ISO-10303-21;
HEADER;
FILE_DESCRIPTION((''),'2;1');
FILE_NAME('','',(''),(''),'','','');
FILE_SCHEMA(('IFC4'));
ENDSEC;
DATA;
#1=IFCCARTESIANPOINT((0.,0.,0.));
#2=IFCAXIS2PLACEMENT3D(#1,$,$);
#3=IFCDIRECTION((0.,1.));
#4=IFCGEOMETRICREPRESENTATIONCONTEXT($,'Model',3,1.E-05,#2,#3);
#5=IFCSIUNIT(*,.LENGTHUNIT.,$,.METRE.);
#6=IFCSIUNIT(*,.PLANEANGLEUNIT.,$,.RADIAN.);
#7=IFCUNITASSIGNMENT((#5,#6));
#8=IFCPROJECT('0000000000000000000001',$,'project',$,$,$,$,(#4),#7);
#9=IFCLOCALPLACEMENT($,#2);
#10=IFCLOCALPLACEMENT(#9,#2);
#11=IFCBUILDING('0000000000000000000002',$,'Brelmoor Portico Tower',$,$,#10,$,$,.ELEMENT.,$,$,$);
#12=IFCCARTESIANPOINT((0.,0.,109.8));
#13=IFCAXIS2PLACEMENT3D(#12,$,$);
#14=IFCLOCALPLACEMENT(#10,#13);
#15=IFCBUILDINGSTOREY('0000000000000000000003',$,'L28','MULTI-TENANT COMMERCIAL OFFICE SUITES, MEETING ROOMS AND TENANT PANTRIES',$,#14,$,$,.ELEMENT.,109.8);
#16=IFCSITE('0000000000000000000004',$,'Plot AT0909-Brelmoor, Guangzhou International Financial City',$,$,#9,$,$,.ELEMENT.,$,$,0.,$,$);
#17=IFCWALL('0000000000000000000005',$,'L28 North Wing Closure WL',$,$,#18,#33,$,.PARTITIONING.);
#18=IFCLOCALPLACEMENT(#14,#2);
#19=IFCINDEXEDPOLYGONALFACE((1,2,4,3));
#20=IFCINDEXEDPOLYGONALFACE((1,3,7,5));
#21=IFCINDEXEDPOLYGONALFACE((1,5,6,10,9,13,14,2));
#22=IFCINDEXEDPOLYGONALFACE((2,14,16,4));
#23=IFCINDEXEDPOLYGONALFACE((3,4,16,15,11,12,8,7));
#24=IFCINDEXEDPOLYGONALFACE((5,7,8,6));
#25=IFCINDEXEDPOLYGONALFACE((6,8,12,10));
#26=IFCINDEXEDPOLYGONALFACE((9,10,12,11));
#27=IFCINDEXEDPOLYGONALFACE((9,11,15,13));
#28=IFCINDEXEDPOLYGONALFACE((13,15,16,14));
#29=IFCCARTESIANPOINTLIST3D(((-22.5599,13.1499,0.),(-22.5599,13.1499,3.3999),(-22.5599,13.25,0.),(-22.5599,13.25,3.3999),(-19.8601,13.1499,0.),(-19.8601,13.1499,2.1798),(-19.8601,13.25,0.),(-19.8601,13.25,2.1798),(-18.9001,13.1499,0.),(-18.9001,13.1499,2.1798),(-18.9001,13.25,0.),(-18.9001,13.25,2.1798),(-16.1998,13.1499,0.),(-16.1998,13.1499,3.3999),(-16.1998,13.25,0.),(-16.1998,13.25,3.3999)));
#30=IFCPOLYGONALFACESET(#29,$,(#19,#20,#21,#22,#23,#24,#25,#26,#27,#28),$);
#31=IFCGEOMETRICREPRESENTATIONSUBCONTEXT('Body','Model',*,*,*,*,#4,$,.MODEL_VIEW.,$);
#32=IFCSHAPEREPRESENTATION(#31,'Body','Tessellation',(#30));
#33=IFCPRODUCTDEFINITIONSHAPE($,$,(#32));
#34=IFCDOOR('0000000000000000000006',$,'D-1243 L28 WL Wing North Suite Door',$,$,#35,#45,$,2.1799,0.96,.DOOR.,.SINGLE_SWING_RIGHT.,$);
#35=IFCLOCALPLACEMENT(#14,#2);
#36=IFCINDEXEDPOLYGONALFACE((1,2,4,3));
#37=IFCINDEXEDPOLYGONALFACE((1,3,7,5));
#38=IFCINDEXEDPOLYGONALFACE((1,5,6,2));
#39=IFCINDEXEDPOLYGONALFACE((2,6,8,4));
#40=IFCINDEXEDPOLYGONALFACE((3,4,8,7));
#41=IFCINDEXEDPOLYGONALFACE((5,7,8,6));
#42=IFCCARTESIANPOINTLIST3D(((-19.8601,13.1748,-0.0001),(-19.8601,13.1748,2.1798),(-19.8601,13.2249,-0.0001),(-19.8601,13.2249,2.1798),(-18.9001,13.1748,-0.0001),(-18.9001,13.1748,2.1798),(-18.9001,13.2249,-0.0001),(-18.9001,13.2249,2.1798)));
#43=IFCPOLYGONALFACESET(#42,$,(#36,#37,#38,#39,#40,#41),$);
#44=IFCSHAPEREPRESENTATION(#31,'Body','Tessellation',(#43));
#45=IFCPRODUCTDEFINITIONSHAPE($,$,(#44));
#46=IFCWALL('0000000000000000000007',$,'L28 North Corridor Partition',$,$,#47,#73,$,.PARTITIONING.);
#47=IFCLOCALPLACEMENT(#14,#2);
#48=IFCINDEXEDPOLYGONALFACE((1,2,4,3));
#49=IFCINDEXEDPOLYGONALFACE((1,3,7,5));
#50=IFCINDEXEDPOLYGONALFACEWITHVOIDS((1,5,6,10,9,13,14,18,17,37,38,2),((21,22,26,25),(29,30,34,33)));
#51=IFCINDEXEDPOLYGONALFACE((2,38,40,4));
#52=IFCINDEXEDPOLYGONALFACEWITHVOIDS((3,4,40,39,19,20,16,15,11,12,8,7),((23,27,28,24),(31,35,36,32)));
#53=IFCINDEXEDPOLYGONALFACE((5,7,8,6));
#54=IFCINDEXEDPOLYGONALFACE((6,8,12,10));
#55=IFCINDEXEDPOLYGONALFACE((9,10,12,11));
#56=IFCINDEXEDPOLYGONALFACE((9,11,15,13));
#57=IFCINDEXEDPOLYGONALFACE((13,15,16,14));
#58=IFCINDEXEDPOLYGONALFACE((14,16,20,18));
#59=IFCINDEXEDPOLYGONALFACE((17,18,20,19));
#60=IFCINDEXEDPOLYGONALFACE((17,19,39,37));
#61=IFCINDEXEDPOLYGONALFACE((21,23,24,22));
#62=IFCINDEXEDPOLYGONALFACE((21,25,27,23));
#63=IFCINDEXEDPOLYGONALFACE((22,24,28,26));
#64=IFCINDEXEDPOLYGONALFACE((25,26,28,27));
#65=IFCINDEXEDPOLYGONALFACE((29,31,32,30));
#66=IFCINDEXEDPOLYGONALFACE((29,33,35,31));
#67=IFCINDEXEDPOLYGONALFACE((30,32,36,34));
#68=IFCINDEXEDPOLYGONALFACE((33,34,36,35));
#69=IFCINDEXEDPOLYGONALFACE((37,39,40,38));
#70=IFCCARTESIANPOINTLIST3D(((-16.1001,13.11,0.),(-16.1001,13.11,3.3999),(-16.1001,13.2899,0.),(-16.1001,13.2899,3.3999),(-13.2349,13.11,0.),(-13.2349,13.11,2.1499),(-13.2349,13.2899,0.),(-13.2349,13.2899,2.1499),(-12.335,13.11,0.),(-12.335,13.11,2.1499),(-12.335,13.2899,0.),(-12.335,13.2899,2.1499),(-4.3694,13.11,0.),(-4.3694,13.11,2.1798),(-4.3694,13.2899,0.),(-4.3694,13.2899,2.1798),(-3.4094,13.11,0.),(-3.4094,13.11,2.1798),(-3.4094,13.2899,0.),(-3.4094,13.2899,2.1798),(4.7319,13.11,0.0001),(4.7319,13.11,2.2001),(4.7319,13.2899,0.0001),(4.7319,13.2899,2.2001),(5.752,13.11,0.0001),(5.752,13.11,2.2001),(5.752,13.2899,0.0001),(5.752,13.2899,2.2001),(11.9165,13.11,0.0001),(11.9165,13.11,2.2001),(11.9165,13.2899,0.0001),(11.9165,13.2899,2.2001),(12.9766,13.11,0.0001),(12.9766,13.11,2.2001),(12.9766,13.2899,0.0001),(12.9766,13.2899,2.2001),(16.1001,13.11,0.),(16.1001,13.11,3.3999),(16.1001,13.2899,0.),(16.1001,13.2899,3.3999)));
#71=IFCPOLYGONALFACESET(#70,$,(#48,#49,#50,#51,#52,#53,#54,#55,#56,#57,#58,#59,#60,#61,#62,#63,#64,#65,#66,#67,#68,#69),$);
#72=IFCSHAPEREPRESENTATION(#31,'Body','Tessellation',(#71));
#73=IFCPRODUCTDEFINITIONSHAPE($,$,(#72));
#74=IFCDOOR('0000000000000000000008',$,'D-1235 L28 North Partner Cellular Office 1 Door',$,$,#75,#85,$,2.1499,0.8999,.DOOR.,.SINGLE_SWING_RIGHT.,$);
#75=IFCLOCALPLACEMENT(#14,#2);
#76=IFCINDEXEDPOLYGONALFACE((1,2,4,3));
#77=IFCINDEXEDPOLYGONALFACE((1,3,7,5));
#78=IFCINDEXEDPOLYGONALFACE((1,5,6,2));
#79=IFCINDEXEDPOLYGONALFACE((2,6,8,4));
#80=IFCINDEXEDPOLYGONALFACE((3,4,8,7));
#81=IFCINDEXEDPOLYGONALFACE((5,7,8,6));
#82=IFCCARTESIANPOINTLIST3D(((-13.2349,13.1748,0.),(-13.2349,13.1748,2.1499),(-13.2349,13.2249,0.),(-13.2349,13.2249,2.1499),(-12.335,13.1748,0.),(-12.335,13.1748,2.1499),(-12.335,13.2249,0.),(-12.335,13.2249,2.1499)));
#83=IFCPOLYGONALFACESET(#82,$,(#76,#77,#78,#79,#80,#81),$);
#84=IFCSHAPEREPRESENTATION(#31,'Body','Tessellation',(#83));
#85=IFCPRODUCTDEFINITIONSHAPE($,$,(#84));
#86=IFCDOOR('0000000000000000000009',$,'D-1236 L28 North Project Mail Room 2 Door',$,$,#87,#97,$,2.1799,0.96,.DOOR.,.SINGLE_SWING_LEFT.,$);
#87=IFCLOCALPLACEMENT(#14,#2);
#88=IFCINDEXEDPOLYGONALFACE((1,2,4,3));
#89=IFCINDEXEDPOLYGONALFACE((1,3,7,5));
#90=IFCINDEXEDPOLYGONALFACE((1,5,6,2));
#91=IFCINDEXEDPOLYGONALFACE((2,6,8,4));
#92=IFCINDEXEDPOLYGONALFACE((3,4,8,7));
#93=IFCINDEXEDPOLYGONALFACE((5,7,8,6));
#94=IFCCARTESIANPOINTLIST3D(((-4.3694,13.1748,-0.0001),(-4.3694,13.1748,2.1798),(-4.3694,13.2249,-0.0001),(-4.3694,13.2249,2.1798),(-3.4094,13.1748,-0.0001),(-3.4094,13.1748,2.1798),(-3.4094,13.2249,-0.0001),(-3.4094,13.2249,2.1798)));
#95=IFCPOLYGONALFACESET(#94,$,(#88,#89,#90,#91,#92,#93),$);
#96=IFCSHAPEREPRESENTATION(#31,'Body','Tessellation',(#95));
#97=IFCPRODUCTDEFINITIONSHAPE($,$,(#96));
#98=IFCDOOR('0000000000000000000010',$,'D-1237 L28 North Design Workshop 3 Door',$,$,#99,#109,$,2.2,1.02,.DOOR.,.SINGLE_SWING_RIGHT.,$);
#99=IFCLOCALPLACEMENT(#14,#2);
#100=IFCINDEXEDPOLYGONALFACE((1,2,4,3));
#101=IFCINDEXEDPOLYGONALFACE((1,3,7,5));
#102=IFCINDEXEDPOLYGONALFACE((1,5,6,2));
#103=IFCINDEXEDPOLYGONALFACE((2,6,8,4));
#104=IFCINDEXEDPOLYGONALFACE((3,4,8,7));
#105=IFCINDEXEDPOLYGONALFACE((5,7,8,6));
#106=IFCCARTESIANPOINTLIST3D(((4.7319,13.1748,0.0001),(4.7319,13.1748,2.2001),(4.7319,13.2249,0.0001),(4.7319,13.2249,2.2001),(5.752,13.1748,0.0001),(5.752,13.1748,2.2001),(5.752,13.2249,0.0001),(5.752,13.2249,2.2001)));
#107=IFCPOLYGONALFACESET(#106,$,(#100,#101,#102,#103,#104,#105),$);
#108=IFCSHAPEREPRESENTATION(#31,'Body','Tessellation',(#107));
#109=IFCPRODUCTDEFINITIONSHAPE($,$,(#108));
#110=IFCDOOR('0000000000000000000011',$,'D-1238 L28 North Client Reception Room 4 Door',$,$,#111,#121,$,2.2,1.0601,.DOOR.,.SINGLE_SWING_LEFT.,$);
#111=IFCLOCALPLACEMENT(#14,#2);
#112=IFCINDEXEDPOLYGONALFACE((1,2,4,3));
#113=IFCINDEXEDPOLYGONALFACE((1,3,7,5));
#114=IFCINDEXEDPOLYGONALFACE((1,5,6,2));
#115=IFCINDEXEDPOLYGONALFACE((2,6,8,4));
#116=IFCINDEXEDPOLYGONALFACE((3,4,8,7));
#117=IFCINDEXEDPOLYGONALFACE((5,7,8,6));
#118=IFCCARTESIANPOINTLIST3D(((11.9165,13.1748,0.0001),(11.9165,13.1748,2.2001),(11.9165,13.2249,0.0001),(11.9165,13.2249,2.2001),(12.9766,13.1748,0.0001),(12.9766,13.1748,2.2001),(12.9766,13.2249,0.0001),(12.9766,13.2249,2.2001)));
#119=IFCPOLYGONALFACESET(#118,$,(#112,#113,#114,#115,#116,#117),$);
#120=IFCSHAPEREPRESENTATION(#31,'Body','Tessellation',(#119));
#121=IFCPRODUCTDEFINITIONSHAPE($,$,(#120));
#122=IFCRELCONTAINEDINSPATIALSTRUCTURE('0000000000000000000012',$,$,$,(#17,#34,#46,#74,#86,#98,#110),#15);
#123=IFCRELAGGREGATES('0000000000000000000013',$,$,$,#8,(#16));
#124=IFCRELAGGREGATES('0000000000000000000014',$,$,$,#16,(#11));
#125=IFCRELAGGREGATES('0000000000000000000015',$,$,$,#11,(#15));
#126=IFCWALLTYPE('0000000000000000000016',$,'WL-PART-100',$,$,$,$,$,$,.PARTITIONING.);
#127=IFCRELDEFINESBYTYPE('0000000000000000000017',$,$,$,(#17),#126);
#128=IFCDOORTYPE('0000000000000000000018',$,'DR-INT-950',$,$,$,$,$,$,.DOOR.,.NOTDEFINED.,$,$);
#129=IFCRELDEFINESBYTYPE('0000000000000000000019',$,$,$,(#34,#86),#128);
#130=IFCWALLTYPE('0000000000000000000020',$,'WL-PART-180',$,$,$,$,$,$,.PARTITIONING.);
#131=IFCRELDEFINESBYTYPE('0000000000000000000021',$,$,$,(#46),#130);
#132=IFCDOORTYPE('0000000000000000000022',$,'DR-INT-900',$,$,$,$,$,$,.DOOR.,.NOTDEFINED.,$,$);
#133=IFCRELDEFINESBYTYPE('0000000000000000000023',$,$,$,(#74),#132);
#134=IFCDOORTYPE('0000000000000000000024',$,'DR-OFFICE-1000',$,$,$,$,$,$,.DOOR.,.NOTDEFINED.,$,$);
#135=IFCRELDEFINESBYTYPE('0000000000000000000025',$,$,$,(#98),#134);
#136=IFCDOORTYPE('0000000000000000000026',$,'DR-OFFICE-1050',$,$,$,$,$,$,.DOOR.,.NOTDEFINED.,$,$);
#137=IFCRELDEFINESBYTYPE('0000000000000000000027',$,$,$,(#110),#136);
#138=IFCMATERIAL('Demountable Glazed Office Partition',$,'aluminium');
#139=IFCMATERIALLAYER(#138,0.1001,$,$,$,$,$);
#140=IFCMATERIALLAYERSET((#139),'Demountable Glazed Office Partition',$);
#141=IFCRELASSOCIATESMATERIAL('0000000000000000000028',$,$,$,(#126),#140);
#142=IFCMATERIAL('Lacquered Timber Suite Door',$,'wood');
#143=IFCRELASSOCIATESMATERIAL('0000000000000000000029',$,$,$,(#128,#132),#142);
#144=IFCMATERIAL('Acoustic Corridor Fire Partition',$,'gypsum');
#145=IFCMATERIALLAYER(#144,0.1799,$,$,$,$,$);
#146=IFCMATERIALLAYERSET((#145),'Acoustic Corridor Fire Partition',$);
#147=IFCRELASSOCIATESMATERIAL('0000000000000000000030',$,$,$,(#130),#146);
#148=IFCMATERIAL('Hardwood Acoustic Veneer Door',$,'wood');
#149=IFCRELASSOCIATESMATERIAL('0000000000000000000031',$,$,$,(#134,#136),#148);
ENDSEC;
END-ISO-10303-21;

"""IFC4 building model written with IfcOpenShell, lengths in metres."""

from ifc_helpers import new_model, si_unit, direction, frame, frame_2d, origin, place, context, subcontext, project, spatial, rectangle, extrude, material, layer, layer_set, type_object, element, fill, save


model = new_model("IFC4")

# Units and contexts
model_context = context("Model", 3, precision=1e-05, world=origin(), true_north=direction((0.0, 1.0)))
body_context = subcontext(model_context, "Body", "Model", "MODEL_VIEW")
ifc_project = project(units=[si_unit("LENGTHUNIT", "METRE"), si_unit("PLANEANGLEUNIT", "RADIAN")], contexts=[model_context])

# Site, building, storey
site_placement = place(None, origin())
site = spatial("IfcSite", under=ifc_project, at=site_placement, Name="Plot AT0909-Brelmoor, Guangzhou International Financial City", CompositionType="ELEMENT", RefElevation=0.0)
building_placement = place(site_placement, origin())
building = spatial("IfcBuilding", under=site, at=building_placement, Name="Brelmoor Portico Tower", CompositionType="ELEMENT")
storey_placement = place(building_placement, frame((0.0, 0.0, 109.8)))
storey = spatial("IfcBuildingStorey", under=building, at=storey_placement, Name="L28", Description="MULTI-TENANT COMMERCIAL OFFICE SUITES, MEETING ROOMS AND TENANT PANTRIES", CompositionType="ELEMENT", Elevation=109.8)

# Wall, opening, door
ifc_material_1 = material(Name="Demountable Glazed Office Partition", Category="aluminium")
ifc_layer_1 = layer(ifc_material_1, 0.1001)
ifc_layer_set_1 = layer_set([ifc_layer_1], Name="Demountable Glazed Office Partition")
wall_type_1 = type_object("IfcWallType", Name="WL-PART-100", PredefinedType="PARTITIONING", material=ifc_layer_set_1)
wall_1_placement = place(storey_placement, frame((-22.5601, 13.2, 0.0), z_axis=(0.0, 0.0, 1.0), x_axis=(1.0, 0.0, 0.0)))
wall_1 = element("IfcWall", 1, at=wall_1_placement, inside=storey, type_object=wall_type_1, Name="L28 North Wing Closure WL", PredefinedType="PARTITIONING", context=body_context, shape_type="SweptSolid", body=[
    extrude(rectangle(XDim=6.3601, YDim=0.1001, at=frame_2d((3.1802, 0.0))), origin(), (0.0, 0.0, 1.0), 3.3999),
])
opening_1_placement = place(wall_1_placement, frame((2.7, 0.0, 0.0)))
opening_1 = element("IfcOpeningElement", 2, at=opening_1_placement, cuts=wall_1, PredefinedType="OPENING", context=body_context, shape_type="SweptSolid", body=[
    extrude(rectangle(XDim=0.96, YDim=2.1799, at=frame_2d((0.48, 1.0898))), frame((0.0, 0.0601, 0.0), z_axis=(0.0, -1.0, 0.0), x_axis=(1.0, 0.0, 0.0)), (0.0, 0.0, 1.0), 0.1201),
])
ifc_material_2 = material(Name="Lacquered Timber Suite Door", Category="wood")
door_type_1 = type_object("IfcDoorType", Name="DR-INT-950", OperationType="NOTDEFINED", PredefinedType="DOOR", material=ifc_material_2)
door_1_placement = place(opening_1_placement, origin())
door_1 = element("IfcDoor", 3, at=door_1_placement, inside=storey, type_object=door_type_1, Name="D-1243 L28 WL Wing North Suite Door", OperationType="SINGLE_SWING_RIGHT", OverallHeight=2.1799, OverallWidth=0.96, PredefinedType="DOOR", context=body_context, shape_type="SweptSolid", body=[
    extrude(rectangle(XDim=0.96, YDim=2.1799, at=frame_2d((0.48, 1.0898))), frame((0.0, 0.0249, 0.0), z_axis=(0.0, -1.0, 0.0), x_axis=(1.0, 0.0, 0.0)), (0.0, 0.0, 1.0), 0.05),
])
fill(opening_1, door_1)

# Wall, openings, doors
ifc_material_3 = material(Name="Acoustic Corridor Fire Partition", Category="gypsum")
ifc_layer_2 = layer(ifc_material_3, 0.1799)
ifc_layer_set_2 = layer_set([ifc_layer_2], Name="Acoustic Corridor Fire Partition")
wall_type_2 = type_object("IfcWallType", Name="WL-PART-180", PredefinedType="PARTITIONING", material=ifc_layer_set_2)
wall_2_placement = place(storey_placement, frame((-16.1001, 13.2, 0.0), z_axis=(0.0, 0.0, 1.0), x_axis=(1.0, 0.0, 0.0)))
wall_2 = element("IfcWall", 4, at=wall_2_placement, inside=storey, type_object=wall_type_2, Name="L28 North Corridor Partition", PredefinedType="PARTITIONING", context=body_context, shape_type="SweptSolid", body=[
    extrude(rectangle(XDim=32.2002, YDim=0.1799, at=frame_2d((16.1001, 0.0))), origin(), (0.0, 0.0, 1.0), 3.3999),
])
opening_2_placement = place(wall_2_placement, frame((2.8652, 0.0, 0.0)))
opening_2 = element("IfcOpeningElement", 5, at=opening_2_placement, cuts=wall_2, PredefinedType="OPENING", context=body_context, shape_type="SweptSolid", body=[
    extrude(rectangle(XDim=0.8999, YDim=2.1499, at=frame_2d((0.45, 1.075))), frame((0.0, 0.0999, 0.0), z_axis=(0.0, -1.0, 0.0), x_axis=(1.0, 0.0, 0.0)), (0.0, 0.0, 1.0), 0.2),
])
opening_3_placement = place(wall_2_placement, frame((11.7307, 0.0, 0.0)))
opening_3 = element("IfcOpeningElement", 6, at=opening_3_placement, cuts=wall_2, PredefinedType="OPENING", context=body_context, shape_type="SweptSolid", body=[
    extrude(rectangle(XDim=0.96, YDim=2.1799, at=frame_2d((0.48, 1.0898))), frame((0.0, 0.0999, 0.0), z_axis=(0.0, -1.0, 0.0), x_axis=(1.0, 0.0, 0.0)), (0.0, 0.0, 1.0), 0.2),
])
opening_4_placement = place(wall_2_placement, frame((20.832, 0.0, 0.0)))
opening_4 = element("IfcOpeningElement", 7, at=opening_4_placement, cuts=wall_2, PredefinedType="OPENING", context=body_context, shape_type="SweptSolid", body=[
    extrude(rectangle(XDim=1.02, YDim=2.2, at=frame_2d((0.51, 1.1001))), frame((0.0, 0.0999, 0.0), z_axis=(0.0, -1.0, 0.0), x_axis=(1.0, 0.0, 0.0)), (0.0, 0.0, 1.0), 0.2),
])
opening_5_placement = place(wall_2_placement, frame((28.0166, 0.0, 0.0)))
opening_5 = element("IfcOpeningElement", 8, at=opening_5_placement, cuts=wall_2, PredefinedType="OPENING", context=body_context, shape_type="SweptSolid", body=[
    extrude(rectangle(XDim=1.0601, YDim=2.2, at=frame_2d((0.53, 1.1001))), frame((0.0, 0.0999, 0.0), z_axis=(0.0, -1.0, 0.0), x_axis=(1.0, 0.0, 0.0)), (0.0, 0.0, 1.0), 0.2),
])
door_type_2 = type_object("IfcDoorType", Name="DR-INT-900", OperationType="NOTDEFINED", PredefinedType="DOOR", material=ifc_material_2)
door_2_placement = place(opening_2_placement, origin())
door_2 = element("IfcDoor", 9, at=door_2_placement, inside=storey, type_object=door_type_2, Name="D-1235 L28 North Partner Cellular Office 1 Door", OperationType="SINGLE_SWING_RIGHT", OverallHeight=2.1499, OverallWidth=0.8999, PredefinedType="DOOR", context=body_context, shape_type="SweptSolid", body=[
    extrude(rectangle(XDim=0.8999, YDim=2.1499, at=frame_2d((0.45, 1.075))), frame((0.0, 0.0249, 0.0), z_axis=(0.0, -1.0, 0.0), x_axis=(1.0, 0.0, 0.0)), (0.0, 0.0, 1.0), 0.05),
])
fill(opening_2, door_2)
door_3_placement = place(opening_3_placement, origin())
door_3 = element("IfcDoor", 10, at=door_3_placement, inside=storey, type_object=door_type_1, Name="D-1236 L28 North Project Mail Room 2 Door", OperationType="SINGLE_SWING_LEFT", OverallHeight=2.1799, OverallWidth=0.96, PredefinedType="DOOR", context=body_context, shape_type="SweptSolid", body=[
    extrude(rectangle(XDim=0.96, YDim=2.1799, at=frame_2d((0.48, 1.0898))), frame((0.0, 0.0249, 0.0), z_axis=(0.0, -1.0, 0.0), x_axis=(1.0, 0.0, 0.0)), (0.0, 0.0, 1.0), 0.05),
])
fill(opening_3, door_3)
ifc_material_4 = material(Name="Hardwood Acoustic Veneer Door", Category="wood")
door_type_3 = type_object("IfcDoorType", Name="DR-OFFICE-1000", OperationType="NOTDEFINED", PredefinedType="DOOR", material=ifc_material_4)
door_4_placement = place(opening_4_placement, origin())
door_4 = element("IfcDoor", 11, at=door_4_placement, inside=storey, type_object=door_type_3, Name="D-1237 L28 North Design Workshop 3 Door", OperationType="SINGLE_SWING_RIGHT", OverallHeight=2.2, OverallWidth=1.02, PredefinedType="DOOR", context=body_context, shape_type="SweptSolid", body=[
    extrude(rectangle(XDim=1.02, YDim=2.2, at=frame_2d((0.51, 1.1001))), frame((0.0, 0.0249, 0.0), z_axis=(0.0, -1.0, 0.0), x_axis=(1.0, 0.0, 0.0)), (0.0, 0.0, 1.0), 0.05),
])
fill(opening_4, door_4)
door_type_4 = type_object("IfcDoorType", Name="DR-OFFICE-1050", OperationType="NOTDEFINED", PredefinedType="DOOR", material=ifc_material_4)
door_5_placement = place(opening_5_placement, origin())
door_5 = element("IfcDoor", 12, at=door_5_placement, inside=storey, type_object=door_type_4, Name="D-1238 L28 North Client Reception Room 4 Door", OperationType="SINGLE_SWING_LEFT", OverallHeight=2.2, OverallWidth=1.0601, PredefinedType="DOOR", context=body_context, shape_type="SweptSolid", body=[
    extrude(rectangle(XDim=1.0601, YDim=2.2, at=frame_2d((0.53, 1.1001))), frame((0.0, 0.0249, 0.0), z_axis=(0.0, -1.0, 0.0), x_axis=(1.0, 0.0, 0.0)), (0.0, 0.0, 1.0), 0.05),
])
fill(opening_5, door_5)

save(model, "model.ifc")
